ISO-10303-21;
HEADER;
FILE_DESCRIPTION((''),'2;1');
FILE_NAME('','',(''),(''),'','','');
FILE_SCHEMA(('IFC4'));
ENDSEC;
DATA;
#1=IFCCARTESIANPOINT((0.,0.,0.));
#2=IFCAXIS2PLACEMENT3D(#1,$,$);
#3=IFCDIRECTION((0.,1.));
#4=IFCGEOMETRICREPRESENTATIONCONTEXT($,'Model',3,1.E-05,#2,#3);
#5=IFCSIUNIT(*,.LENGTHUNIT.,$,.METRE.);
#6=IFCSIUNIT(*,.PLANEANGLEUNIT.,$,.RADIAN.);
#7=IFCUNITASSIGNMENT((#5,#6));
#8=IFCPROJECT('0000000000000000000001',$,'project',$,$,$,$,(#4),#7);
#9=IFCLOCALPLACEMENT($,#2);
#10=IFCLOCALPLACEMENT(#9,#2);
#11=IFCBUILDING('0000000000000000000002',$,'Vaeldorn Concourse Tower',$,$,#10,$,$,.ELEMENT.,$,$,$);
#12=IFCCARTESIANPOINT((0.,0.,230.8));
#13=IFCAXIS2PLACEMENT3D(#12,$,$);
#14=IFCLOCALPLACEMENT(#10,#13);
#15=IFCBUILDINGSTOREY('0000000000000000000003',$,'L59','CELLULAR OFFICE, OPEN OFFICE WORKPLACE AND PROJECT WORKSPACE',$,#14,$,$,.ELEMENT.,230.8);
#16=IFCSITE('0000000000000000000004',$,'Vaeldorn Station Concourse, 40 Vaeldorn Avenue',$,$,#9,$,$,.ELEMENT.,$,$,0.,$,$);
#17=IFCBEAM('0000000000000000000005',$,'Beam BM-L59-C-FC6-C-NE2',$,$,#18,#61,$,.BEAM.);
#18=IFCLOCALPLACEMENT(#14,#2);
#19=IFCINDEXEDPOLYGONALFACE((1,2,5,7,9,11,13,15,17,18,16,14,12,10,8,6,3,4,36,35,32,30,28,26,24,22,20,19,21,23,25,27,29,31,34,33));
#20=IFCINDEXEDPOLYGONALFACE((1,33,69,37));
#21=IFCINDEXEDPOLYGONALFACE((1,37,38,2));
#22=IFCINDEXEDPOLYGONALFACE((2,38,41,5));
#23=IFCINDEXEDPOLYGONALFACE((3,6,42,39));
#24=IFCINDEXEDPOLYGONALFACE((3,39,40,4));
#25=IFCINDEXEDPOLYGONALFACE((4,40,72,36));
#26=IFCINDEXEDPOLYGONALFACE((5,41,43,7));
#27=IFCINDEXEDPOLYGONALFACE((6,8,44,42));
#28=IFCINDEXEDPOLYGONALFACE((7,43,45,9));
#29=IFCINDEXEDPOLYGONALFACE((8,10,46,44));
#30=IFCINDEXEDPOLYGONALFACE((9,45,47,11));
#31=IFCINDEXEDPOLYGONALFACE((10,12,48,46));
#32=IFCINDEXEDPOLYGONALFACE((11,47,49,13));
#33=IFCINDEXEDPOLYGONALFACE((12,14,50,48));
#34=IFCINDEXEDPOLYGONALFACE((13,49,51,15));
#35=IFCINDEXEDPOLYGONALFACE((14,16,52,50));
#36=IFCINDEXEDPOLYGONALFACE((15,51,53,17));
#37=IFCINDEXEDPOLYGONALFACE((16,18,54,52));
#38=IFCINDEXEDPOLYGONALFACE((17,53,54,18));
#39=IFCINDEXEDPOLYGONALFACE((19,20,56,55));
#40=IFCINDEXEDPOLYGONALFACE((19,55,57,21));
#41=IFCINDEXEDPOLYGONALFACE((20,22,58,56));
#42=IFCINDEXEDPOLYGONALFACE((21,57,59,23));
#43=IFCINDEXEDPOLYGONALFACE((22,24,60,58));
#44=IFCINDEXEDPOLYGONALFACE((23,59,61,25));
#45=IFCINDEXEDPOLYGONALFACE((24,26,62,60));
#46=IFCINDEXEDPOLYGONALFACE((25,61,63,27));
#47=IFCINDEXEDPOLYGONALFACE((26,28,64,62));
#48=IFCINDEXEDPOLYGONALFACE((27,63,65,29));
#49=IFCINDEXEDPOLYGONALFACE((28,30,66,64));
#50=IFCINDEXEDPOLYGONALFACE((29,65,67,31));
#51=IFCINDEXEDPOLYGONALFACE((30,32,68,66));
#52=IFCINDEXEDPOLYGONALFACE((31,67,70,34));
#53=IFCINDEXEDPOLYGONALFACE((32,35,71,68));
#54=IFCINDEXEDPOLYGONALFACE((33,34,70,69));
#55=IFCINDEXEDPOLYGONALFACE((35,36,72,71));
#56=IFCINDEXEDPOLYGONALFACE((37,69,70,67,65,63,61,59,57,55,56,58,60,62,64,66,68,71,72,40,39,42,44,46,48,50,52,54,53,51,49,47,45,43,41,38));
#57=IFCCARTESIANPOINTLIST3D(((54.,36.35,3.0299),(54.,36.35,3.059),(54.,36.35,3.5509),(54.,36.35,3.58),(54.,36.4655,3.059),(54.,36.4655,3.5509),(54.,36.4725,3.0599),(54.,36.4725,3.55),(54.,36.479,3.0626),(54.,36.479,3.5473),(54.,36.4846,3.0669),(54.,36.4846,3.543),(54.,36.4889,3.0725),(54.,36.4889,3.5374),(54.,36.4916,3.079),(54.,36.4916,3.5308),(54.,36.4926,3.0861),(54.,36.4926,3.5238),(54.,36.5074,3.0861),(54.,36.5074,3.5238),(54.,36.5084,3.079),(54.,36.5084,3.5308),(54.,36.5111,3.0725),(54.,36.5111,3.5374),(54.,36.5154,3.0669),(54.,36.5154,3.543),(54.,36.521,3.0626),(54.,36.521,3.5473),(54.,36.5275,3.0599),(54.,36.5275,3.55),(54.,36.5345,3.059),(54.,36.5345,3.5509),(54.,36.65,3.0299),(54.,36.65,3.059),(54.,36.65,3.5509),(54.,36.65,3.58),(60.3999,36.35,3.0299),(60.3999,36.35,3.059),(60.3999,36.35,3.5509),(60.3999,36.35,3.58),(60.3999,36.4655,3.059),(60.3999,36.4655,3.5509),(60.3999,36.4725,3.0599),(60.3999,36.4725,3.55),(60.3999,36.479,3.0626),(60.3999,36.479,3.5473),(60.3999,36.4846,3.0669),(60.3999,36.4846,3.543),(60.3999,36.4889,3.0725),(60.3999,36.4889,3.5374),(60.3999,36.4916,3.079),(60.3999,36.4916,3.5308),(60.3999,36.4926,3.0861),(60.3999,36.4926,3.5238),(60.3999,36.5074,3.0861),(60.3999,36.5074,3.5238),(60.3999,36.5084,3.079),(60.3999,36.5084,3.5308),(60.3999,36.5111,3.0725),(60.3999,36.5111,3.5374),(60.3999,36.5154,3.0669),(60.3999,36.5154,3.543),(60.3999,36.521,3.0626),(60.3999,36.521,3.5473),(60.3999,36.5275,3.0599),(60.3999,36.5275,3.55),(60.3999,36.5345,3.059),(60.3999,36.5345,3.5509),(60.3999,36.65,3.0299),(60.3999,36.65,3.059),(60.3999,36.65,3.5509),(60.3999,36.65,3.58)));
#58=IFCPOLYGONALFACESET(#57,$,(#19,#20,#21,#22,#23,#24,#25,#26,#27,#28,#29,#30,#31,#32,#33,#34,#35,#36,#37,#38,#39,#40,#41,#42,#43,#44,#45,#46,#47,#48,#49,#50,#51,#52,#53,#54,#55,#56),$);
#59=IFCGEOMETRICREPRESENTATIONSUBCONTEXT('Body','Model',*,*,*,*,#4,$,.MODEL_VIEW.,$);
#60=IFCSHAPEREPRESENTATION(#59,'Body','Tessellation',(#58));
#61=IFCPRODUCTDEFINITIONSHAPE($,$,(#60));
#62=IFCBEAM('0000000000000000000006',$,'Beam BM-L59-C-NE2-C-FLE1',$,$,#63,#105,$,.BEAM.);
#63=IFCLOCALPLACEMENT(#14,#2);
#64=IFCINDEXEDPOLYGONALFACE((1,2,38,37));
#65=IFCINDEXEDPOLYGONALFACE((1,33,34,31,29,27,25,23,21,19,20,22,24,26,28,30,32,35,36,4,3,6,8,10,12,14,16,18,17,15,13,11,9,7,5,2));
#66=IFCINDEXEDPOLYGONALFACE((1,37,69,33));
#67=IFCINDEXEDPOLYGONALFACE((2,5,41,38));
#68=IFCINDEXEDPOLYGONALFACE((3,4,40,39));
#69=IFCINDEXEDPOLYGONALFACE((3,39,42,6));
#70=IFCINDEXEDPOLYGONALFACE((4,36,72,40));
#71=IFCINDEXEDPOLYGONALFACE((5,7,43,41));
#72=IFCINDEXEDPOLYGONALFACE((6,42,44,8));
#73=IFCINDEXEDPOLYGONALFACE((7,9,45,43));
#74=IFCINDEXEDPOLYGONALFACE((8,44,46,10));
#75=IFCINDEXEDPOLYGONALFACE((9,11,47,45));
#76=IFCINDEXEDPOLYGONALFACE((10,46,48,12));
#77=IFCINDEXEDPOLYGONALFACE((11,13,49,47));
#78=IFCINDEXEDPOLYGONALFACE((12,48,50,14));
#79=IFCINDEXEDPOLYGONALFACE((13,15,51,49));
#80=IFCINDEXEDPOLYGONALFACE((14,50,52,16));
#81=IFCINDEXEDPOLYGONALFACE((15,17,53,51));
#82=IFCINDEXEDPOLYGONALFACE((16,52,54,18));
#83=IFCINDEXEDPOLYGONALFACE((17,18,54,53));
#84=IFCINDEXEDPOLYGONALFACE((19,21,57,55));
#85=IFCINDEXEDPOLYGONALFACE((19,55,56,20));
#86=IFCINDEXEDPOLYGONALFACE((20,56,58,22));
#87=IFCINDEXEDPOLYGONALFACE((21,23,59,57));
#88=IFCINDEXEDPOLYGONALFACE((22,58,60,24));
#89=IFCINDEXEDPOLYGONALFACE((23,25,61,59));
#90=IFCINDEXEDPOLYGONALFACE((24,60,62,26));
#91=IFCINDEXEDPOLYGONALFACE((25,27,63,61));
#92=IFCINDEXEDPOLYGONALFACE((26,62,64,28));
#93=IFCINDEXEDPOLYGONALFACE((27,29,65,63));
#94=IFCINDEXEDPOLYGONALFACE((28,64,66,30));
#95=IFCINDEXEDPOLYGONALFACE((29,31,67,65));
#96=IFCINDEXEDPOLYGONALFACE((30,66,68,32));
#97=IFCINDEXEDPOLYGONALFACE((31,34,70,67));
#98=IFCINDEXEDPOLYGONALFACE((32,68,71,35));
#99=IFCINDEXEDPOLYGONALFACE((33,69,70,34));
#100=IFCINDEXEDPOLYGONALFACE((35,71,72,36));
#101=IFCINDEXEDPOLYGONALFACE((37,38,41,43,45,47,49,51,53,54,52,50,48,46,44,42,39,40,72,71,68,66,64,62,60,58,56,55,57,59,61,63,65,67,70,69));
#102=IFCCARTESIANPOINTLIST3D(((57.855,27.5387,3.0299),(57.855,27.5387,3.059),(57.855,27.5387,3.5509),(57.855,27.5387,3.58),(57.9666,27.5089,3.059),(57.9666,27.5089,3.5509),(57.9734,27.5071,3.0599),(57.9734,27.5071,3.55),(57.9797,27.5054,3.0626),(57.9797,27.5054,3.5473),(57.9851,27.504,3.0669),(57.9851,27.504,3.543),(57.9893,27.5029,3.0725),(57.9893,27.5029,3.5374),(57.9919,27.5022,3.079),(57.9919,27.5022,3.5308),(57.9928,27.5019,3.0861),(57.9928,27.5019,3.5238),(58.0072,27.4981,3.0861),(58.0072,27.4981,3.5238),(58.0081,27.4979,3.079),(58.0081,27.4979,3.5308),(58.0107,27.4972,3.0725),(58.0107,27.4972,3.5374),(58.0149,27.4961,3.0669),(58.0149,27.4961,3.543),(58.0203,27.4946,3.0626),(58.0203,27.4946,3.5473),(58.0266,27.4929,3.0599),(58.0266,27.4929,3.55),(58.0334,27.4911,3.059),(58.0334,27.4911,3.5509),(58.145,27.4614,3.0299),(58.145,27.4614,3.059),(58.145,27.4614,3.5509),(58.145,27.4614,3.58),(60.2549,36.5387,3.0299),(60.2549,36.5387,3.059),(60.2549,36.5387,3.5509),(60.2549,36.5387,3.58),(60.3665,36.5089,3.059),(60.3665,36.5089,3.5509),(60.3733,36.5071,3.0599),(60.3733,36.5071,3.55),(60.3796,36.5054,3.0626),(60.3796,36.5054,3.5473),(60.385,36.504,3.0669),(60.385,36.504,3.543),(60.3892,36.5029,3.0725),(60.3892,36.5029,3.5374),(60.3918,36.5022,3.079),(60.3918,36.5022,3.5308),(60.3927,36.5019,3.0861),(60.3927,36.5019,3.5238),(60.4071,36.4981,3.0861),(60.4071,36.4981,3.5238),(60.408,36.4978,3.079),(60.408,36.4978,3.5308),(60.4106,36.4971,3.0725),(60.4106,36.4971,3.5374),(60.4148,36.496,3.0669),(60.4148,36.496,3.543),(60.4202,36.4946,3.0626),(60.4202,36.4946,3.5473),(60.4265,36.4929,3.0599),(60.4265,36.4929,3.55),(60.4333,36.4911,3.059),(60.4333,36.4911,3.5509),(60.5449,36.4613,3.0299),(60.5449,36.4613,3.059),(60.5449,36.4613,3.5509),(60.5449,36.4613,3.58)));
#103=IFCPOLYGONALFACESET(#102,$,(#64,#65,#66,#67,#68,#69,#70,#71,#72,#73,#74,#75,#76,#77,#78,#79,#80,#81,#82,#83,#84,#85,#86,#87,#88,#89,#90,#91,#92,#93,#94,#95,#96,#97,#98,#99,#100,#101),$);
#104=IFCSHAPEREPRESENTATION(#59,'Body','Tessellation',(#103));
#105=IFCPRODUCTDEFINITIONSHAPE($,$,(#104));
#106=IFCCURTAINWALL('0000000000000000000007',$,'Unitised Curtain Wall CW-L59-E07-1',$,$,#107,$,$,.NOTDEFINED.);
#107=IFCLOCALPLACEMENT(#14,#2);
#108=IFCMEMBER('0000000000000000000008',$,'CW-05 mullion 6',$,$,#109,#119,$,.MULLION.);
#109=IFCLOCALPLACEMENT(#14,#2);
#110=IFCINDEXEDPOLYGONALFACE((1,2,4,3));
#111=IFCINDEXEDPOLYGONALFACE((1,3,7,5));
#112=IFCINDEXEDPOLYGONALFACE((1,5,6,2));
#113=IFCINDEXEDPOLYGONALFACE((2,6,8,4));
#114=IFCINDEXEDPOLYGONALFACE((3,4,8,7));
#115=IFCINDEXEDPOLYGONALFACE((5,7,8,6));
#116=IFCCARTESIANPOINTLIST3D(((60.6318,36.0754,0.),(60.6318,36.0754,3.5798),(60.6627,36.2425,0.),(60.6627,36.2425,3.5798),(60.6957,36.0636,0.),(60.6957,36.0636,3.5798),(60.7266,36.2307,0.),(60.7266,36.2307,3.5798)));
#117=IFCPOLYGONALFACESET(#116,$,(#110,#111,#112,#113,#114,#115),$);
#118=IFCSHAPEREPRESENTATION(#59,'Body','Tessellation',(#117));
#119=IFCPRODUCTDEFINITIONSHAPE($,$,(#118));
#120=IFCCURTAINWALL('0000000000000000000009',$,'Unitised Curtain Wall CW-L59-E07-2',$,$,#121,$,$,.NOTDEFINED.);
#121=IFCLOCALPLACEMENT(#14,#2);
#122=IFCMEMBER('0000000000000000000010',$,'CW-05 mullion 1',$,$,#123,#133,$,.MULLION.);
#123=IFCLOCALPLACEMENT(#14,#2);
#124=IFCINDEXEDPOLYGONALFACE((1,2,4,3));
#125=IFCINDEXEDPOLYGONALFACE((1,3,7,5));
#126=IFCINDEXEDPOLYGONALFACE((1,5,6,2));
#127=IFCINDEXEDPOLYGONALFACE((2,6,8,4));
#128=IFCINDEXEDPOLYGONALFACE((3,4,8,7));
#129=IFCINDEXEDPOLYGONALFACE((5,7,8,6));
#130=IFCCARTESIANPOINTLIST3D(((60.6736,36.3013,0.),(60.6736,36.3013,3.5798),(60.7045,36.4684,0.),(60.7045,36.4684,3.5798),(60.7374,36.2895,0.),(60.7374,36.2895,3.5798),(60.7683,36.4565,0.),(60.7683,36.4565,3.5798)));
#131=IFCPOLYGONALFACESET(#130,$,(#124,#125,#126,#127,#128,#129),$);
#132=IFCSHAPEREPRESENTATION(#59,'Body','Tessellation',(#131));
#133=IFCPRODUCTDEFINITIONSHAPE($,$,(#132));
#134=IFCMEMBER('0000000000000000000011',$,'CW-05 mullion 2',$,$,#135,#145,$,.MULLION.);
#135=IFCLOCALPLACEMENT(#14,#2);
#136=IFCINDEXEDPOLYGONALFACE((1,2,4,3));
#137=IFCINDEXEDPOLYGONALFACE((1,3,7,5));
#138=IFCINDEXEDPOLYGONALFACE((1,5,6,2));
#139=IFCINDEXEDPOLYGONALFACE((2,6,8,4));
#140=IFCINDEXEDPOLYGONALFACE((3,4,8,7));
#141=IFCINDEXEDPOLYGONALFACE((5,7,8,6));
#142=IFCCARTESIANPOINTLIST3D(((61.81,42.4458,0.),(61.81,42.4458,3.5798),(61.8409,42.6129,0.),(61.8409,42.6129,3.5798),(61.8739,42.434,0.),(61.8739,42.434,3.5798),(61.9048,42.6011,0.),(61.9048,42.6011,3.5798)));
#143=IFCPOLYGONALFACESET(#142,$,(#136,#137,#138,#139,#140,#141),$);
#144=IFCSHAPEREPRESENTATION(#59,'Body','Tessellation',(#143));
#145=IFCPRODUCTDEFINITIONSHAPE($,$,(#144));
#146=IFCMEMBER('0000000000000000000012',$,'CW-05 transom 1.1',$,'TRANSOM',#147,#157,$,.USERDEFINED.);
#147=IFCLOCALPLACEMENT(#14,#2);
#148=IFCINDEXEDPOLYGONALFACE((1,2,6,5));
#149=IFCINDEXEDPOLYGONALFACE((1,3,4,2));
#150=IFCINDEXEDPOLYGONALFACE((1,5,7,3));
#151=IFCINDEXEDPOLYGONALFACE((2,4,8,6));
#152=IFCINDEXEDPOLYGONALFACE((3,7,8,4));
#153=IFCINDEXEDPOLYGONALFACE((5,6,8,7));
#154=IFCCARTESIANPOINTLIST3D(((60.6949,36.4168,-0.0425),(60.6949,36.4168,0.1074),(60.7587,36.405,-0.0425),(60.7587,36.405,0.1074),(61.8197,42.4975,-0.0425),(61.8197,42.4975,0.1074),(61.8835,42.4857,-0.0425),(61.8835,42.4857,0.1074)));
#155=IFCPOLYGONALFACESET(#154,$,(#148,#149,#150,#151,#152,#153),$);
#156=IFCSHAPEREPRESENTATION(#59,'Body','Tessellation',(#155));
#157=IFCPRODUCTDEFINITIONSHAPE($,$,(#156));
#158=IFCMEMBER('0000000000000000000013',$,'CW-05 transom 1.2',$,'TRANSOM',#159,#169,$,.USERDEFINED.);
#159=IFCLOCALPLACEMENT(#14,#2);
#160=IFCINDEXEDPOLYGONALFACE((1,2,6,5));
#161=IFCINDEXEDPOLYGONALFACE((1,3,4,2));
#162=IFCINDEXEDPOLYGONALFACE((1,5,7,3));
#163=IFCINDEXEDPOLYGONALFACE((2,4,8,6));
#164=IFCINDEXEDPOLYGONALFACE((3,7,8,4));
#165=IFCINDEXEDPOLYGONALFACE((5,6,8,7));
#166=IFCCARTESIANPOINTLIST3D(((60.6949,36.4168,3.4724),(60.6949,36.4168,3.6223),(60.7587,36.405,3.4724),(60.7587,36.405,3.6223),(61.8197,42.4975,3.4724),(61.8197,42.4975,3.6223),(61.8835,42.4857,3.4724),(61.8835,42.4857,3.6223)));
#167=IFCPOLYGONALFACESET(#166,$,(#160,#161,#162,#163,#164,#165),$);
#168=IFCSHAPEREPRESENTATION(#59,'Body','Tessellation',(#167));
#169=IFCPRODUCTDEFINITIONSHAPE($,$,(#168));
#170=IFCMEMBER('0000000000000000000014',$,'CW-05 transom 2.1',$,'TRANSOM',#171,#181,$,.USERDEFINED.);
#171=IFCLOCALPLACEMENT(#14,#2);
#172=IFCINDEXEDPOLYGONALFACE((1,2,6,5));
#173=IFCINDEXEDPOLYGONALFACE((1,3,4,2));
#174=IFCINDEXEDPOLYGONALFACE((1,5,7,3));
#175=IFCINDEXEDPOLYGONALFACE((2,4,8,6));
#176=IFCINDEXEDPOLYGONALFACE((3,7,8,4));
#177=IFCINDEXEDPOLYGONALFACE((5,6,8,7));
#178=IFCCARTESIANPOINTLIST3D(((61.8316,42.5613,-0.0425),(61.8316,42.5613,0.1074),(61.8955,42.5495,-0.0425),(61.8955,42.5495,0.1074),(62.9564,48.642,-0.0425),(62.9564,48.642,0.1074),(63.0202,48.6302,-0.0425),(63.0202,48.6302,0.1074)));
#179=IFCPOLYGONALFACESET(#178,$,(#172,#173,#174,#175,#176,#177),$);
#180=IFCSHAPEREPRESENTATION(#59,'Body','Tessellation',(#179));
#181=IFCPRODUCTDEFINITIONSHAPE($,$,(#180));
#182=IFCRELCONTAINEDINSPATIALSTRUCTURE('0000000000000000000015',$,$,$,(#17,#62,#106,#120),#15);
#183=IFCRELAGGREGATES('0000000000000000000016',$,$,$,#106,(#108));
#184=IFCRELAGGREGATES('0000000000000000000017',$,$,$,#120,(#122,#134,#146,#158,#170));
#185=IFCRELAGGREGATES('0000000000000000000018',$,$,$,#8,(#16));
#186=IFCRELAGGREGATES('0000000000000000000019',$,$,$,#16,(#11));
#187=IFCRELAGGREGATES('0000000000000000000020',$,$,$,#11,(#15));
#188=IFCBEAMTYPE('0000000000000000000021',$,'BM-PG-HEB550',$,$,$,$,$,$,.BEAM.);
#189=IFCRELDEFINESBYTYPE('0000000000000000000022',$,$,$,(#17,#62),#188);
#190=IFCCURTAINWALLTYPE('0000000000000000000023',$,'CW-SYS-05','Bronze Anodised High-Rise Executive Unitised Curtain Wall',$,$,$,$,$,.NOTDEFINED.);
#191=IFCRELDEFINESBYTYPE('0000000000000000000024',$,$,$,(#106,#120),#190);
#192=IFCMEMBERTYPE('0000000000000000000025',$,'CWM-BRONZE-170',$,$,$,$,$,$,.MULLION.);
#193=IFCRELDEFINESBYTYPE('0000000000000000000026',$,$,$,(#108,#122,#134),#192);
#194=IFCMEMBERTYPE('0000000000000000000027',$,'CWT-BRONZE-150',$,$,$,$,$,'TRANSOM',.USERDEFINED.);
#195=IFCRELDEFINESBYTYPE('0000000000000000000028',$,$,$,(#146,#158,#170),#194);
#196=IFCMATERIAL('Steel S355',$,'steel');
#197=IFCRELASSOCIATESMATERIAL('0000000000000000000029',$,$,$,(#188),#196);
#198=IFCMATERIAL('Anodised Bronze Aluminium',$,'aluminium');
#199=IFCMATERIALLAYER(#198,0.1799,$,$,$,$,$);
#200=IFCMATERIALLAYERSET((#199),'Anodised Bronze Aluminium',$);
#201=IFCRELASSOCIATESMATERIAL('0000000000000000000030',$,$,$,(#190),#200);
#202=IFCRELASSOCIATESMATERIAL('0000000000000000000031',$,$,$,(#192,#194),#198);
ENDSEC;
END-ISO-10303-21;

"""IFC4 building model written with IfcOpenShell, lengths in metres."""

from ifc_helpers import new_model, si_unit, direction, frame, origin, origin_2d, place, context, subcontext, project, spatial, rectangle, i_section, extrude, source, transform, mapped, material, layer, layer_set, material_profile, profile_set, type_object, element, aggregate, save


model = new_model("IFC4")

# Units and contexts
model_context = context("Model", 3, precision=1e-05, world=origin(), true_north=direction((0.0, 1.0)))
body_context = subcontext(model_context, "Body", "Model", "MODEL_VIEW")
ifc_project = project(units=[si_unit("LENGTHUNIT", "METRE"), si_unit("PLANEANGLEUNIT", "RADIAN")], contexts=[model_context])

# Site, building, storey
site_placement = place(None, origin())
site = spatial("IfcSite", under=ifc_project, at=site_placement, Name="Vaeldorn Station Concourse, 40 Vaeldorn Avenue", CompositionType="ELEMENT", RefElevation=0.0)
building_placement = place(site_placement, origin())
building = spatial("IfcBuilding", under=site, at=building_placement, Name="Vaeldorn Concourse Tower", CompositionType="ELEMENT")
storey_placement = place(building_placement, frame((0.0, 0.0, 230.8)))
storey = spatial("IfcBuildingStorey", under=building, at=storey_placement, Name="L59", Description="CELLULAR OFFICE, OPEN OFFICE WORKPLACE AND PROJECT WORKSPACE", CompositionType="ELEMENT", Elevation=230.8)

# Shared definitions
ifc_material_1 = material(Name="Steel S355", Category="steel")

# Beams
ifc_material_profile_1 = material_profile(ifc_material_1, i_section(OverallWidth=0.3, OverallDepth=0.55, WebThickness=0.0149, FlangeThickness=0.0291, FilletRadius=0.0271, at=origin_2d()), Name="HEB 550")
ifc_profile_set_1 = profile_set([ifc_material_profile_1], Name="Steel S355")
beam_type_1 = type_object("IfcBeamType", Name="BM-PG-HEB550", PredefinedType="BEAM", material=ifc_profile_set_1)
shared_shape_1 = source(origin(), body_context, "Body", "SweptSolid", [
    extrude(i_section(OverallWidth=0.3, OverallDepth=0.55, WebThickness=0.0149, FlangeThickness=0.0291, FilletRadius=0.0271, at=origin_2d()), origin(), (0.0, 0.0, 1.0), 6.3999),
])
beam_1_placement = place(storey_placement, frame((54.0, 36.5, 3.3049), z_axis=(1.0, 0.0, 0.0), x_axis=(0.0, 1.0, 0.0)))
element("IfcBeam", 1, at=beam_1_placement, inside=storey, type_object=beam_type_1, Name="Beam BM-L59-C-FC6-C-NE2", PredefinedType="BEAM", context=body_context, shape_type="MappedRepresentation", body=[
    mapped(shared_shape_1, transform((0.0, 0.0, 0.0), scale=1.0)),
])
shared_shape_2 = source(origin(), body_context, "Body", "SweptSolid", [
    extrude(i_section(OverallWidth=0.3, OverallDepth=0.55, WebThickness=0.0149, FlangeThickness=0.0291, FilletRadius=0.0271, at=origin_2d()), origin(), (0.0, 0.0, 1.0), 9.3145),
])
beam_2_placement = place(storey_placement, frame((60.3999, 36.5, 3.3049), z_axis=(-0.257653, -0.966238, 0.0), x_axis=(0.966238, -0.257653, 0.0)))
element("IfcBeam", 2, at=beam_2_placement, inside=storey, type_object=beam_type_1, Name="Beam BM-L59-C-NE2-C-FLE1", PredefinedType="BEAM", context=body_context, shape_type="MappedRepresentation", body=[
    mapped(shared_shape_2, transform((0.0, 0.0, 0.0), scale=1.0)),
])

# Curtain wall, member
ifc_material_2 = material(Name="Anodised Bronze Aluminium", Category="aluminium")
ifc_layer_1 = layer(ifc_material_2, 0.1799)
ifc_layer_set_1 = layer_set([ifc_layer_1], Name="Anodised Bronze Aluminium")
curtain_wall_type = type_object("IfcCurtainWallType", Name="CW-SYS-05", Description="Bronze Anodised High-Rise Executive Unitised Curtain Wall", PredefinedType="NOTDEFINED", material=ifc_layer_set_1)
curtain_wall_1_placement = place(storey_placement, origin())
curtain_wall_1 = element("IfcCurtainWall", 3, at=curtain_wall_1_placement, inside=storey, type_object=curtain_wall_type, Name="Unitised Curtain Wall CW-L59-E07-1", PredefinedType="NOTDEFINED")
ifc_material_profile_2 = material_profile(ifc_material_2, rectangle(XDim=0.0649, YDim=0.1699, at=origin_2d()), Name="CWM 65x170")
ifc_profile_set_2 = profile_set([ifc_material_profile_2], Name="Anodised Bronze Aluminium")
member_type_1 = type_object("IfcMemberType", Name="CWM-BRONZE-170", PredefinedType="MULLION", material=ifc_profile_set_2)
shared_shape_3 = source(origin(), body_context, "Body", "SweptSolid", [
    extrude(rectangle(XDim=0.0649, YDim=0.1699, at=origin_2d()), origin(), (0.0, 0.0, 1.0), 3.5798),
])
member_1_placement = place(storey_placement, frame((60.6792, 36.1531, 0.0), z_axis=(0.0, 0.0, 1.0), x_axis=(-0.983319, 0.18189, 0.0)))
member_1 = element("IfcMember", 4, at=member_1_placement, type_object=member_type_1, Name="CW-05 mullion 6", PredefinedType="MULLION", context=body_context, shape_type="MappedRepresentation", body=[
    mapped(shared_shape_3, transform((0.0, 0.0, 0.0), scale=1.0)),
])
aggregate(curtain_wall_1, [member_1])

# Curtain wall, members
curtain_wall_2_placement = place(storey_placement, origin())
curtain_wall_2 = element("IfcCurtainWall", 5, at=curtain_wall_2_placement, inside=storey, type_object=curtain_wall_type, Name="Unitised Curtain Wall CW-L59-E07-2", PredefinedType="NOTDEFINED")
member_2_placement = place(storey_placement, frame((60.7209, 36.3789, 0.0), z_axis=(0.0, 0.0, 1.0), x_axis=(-0.983319, 0.181888, 0.0)))
member_2 = element("IfcMember", 6, at=member_2_placement, type_object=member_type_1, Name="CW-05 mullion 1", PredefinedType="MULLION", context=body_context, shape_type="MappedRepresentation", body=[
    mapped(shared_shape_3, transform((0.0, 0.0, 0.0), scale=1.0)),
])
member_3_placement = place(storey_placement, frame((61.8574, 42.5234, 0.0), z_axis=(0.0, 0.0, 1.0), x_axis=(-0.983319, 0.181888, 0.0)))
member_3 = element("IfcMember", 7, at=member_3_placement, type_object=member_type_1, Name="CW-05 mullion 2", PredefinedType="MULLION", context=body_context, shape_type="MappedRepresentation", body=[
    mapped(shared_shape_3, transform((0.0, 0.0, 0.0), scale=1.0)),
])
ifc_material_profile_3 = material_profile(ifc_material_2, rectangle(XDim=0.0649, YDim=0.1499, at=origin_2d()), Name="CWT 65x150")
ifc_profile_set_3 = profile_set([ifc_material_profile_3], Name="Anodised Bronze Aluminium")
member_type_2 = type_object("IfcMemberType", Name="CWT-BRONZE-150", ElementType="TRANSOM", PredefinedType="USERDEFINED", material=ifc_profile_set_3)
shared_shape_4 = source(origin(), body_context, "Body", "SweptSolid", [
    extrude(rectangle(XDim=0.0649, YDim=0.1499, at=origin_2d()), origin(), (0.0, 0.0, 1.0), 6.1838),
])
member_4_placement = place(storey_placement, frame((60.7268, 36.4109, 0.0325), z_axis=(0.18189, 0.983319, 0.0), x_axis=(-0.983319, 0.18189, 0.0)))
member_4 = element("IfcMember", 8, at=member_4_placement, type_object=member_type_2, Name="CW-05 transom 1.1", ObjectType="TRANSOM", PredefinedType="USERDEFINED", context=body_context, shape_type="MappedRepresentation", body=[
    mapped(shared_shape_4, transform((0.0, 0.0, 0.0), scale=1.0)),
])
member_5_placement = place(storey_placement, frame((60.7268, 36.4109, 3.5474), z_axis=(0.18189, 0.983319, 0.0), x_axis=(-0.983319, 0.18189, 0.0)))
member_5 = element("IfcMember", 9, at=member_5_placement, type_object=member_type_2, Name="CW-05 transom 1.2", ObjectType="TRANSOM", PredefinedType="USERDEFINED", context=body_context, shape_type="MappedRepresentation", body=[
    mapped(shared_shape_4, transform((0.0, 0.0, 0.0), scale=1.0)),
])
member_6_placement = place(storey_placement, frame((61.8635, 42.5554, 0.0325), z_axis=(0.18189, 0.983319, 0.0), x_axis=(-0.983319, 0.18189, 0.0)))
member_6 = element("IfcMember", 10, at=member_6_placement, type_object=member_type_2, Name="CW-05 transom 2.1", ObjectType="TRANSOM", PredefinedType="USERDEFINED", context=body_context, shape_type="MappedRepresentation", body=[
    mapped(shared_shape_4, transform((0.0, 0.0, 0.0), scale=1.0)),
])
aggregate(curtain_wall_2, [member_2, member_3, member_4, member_5, member_6])

save(model, "model.ifc")
